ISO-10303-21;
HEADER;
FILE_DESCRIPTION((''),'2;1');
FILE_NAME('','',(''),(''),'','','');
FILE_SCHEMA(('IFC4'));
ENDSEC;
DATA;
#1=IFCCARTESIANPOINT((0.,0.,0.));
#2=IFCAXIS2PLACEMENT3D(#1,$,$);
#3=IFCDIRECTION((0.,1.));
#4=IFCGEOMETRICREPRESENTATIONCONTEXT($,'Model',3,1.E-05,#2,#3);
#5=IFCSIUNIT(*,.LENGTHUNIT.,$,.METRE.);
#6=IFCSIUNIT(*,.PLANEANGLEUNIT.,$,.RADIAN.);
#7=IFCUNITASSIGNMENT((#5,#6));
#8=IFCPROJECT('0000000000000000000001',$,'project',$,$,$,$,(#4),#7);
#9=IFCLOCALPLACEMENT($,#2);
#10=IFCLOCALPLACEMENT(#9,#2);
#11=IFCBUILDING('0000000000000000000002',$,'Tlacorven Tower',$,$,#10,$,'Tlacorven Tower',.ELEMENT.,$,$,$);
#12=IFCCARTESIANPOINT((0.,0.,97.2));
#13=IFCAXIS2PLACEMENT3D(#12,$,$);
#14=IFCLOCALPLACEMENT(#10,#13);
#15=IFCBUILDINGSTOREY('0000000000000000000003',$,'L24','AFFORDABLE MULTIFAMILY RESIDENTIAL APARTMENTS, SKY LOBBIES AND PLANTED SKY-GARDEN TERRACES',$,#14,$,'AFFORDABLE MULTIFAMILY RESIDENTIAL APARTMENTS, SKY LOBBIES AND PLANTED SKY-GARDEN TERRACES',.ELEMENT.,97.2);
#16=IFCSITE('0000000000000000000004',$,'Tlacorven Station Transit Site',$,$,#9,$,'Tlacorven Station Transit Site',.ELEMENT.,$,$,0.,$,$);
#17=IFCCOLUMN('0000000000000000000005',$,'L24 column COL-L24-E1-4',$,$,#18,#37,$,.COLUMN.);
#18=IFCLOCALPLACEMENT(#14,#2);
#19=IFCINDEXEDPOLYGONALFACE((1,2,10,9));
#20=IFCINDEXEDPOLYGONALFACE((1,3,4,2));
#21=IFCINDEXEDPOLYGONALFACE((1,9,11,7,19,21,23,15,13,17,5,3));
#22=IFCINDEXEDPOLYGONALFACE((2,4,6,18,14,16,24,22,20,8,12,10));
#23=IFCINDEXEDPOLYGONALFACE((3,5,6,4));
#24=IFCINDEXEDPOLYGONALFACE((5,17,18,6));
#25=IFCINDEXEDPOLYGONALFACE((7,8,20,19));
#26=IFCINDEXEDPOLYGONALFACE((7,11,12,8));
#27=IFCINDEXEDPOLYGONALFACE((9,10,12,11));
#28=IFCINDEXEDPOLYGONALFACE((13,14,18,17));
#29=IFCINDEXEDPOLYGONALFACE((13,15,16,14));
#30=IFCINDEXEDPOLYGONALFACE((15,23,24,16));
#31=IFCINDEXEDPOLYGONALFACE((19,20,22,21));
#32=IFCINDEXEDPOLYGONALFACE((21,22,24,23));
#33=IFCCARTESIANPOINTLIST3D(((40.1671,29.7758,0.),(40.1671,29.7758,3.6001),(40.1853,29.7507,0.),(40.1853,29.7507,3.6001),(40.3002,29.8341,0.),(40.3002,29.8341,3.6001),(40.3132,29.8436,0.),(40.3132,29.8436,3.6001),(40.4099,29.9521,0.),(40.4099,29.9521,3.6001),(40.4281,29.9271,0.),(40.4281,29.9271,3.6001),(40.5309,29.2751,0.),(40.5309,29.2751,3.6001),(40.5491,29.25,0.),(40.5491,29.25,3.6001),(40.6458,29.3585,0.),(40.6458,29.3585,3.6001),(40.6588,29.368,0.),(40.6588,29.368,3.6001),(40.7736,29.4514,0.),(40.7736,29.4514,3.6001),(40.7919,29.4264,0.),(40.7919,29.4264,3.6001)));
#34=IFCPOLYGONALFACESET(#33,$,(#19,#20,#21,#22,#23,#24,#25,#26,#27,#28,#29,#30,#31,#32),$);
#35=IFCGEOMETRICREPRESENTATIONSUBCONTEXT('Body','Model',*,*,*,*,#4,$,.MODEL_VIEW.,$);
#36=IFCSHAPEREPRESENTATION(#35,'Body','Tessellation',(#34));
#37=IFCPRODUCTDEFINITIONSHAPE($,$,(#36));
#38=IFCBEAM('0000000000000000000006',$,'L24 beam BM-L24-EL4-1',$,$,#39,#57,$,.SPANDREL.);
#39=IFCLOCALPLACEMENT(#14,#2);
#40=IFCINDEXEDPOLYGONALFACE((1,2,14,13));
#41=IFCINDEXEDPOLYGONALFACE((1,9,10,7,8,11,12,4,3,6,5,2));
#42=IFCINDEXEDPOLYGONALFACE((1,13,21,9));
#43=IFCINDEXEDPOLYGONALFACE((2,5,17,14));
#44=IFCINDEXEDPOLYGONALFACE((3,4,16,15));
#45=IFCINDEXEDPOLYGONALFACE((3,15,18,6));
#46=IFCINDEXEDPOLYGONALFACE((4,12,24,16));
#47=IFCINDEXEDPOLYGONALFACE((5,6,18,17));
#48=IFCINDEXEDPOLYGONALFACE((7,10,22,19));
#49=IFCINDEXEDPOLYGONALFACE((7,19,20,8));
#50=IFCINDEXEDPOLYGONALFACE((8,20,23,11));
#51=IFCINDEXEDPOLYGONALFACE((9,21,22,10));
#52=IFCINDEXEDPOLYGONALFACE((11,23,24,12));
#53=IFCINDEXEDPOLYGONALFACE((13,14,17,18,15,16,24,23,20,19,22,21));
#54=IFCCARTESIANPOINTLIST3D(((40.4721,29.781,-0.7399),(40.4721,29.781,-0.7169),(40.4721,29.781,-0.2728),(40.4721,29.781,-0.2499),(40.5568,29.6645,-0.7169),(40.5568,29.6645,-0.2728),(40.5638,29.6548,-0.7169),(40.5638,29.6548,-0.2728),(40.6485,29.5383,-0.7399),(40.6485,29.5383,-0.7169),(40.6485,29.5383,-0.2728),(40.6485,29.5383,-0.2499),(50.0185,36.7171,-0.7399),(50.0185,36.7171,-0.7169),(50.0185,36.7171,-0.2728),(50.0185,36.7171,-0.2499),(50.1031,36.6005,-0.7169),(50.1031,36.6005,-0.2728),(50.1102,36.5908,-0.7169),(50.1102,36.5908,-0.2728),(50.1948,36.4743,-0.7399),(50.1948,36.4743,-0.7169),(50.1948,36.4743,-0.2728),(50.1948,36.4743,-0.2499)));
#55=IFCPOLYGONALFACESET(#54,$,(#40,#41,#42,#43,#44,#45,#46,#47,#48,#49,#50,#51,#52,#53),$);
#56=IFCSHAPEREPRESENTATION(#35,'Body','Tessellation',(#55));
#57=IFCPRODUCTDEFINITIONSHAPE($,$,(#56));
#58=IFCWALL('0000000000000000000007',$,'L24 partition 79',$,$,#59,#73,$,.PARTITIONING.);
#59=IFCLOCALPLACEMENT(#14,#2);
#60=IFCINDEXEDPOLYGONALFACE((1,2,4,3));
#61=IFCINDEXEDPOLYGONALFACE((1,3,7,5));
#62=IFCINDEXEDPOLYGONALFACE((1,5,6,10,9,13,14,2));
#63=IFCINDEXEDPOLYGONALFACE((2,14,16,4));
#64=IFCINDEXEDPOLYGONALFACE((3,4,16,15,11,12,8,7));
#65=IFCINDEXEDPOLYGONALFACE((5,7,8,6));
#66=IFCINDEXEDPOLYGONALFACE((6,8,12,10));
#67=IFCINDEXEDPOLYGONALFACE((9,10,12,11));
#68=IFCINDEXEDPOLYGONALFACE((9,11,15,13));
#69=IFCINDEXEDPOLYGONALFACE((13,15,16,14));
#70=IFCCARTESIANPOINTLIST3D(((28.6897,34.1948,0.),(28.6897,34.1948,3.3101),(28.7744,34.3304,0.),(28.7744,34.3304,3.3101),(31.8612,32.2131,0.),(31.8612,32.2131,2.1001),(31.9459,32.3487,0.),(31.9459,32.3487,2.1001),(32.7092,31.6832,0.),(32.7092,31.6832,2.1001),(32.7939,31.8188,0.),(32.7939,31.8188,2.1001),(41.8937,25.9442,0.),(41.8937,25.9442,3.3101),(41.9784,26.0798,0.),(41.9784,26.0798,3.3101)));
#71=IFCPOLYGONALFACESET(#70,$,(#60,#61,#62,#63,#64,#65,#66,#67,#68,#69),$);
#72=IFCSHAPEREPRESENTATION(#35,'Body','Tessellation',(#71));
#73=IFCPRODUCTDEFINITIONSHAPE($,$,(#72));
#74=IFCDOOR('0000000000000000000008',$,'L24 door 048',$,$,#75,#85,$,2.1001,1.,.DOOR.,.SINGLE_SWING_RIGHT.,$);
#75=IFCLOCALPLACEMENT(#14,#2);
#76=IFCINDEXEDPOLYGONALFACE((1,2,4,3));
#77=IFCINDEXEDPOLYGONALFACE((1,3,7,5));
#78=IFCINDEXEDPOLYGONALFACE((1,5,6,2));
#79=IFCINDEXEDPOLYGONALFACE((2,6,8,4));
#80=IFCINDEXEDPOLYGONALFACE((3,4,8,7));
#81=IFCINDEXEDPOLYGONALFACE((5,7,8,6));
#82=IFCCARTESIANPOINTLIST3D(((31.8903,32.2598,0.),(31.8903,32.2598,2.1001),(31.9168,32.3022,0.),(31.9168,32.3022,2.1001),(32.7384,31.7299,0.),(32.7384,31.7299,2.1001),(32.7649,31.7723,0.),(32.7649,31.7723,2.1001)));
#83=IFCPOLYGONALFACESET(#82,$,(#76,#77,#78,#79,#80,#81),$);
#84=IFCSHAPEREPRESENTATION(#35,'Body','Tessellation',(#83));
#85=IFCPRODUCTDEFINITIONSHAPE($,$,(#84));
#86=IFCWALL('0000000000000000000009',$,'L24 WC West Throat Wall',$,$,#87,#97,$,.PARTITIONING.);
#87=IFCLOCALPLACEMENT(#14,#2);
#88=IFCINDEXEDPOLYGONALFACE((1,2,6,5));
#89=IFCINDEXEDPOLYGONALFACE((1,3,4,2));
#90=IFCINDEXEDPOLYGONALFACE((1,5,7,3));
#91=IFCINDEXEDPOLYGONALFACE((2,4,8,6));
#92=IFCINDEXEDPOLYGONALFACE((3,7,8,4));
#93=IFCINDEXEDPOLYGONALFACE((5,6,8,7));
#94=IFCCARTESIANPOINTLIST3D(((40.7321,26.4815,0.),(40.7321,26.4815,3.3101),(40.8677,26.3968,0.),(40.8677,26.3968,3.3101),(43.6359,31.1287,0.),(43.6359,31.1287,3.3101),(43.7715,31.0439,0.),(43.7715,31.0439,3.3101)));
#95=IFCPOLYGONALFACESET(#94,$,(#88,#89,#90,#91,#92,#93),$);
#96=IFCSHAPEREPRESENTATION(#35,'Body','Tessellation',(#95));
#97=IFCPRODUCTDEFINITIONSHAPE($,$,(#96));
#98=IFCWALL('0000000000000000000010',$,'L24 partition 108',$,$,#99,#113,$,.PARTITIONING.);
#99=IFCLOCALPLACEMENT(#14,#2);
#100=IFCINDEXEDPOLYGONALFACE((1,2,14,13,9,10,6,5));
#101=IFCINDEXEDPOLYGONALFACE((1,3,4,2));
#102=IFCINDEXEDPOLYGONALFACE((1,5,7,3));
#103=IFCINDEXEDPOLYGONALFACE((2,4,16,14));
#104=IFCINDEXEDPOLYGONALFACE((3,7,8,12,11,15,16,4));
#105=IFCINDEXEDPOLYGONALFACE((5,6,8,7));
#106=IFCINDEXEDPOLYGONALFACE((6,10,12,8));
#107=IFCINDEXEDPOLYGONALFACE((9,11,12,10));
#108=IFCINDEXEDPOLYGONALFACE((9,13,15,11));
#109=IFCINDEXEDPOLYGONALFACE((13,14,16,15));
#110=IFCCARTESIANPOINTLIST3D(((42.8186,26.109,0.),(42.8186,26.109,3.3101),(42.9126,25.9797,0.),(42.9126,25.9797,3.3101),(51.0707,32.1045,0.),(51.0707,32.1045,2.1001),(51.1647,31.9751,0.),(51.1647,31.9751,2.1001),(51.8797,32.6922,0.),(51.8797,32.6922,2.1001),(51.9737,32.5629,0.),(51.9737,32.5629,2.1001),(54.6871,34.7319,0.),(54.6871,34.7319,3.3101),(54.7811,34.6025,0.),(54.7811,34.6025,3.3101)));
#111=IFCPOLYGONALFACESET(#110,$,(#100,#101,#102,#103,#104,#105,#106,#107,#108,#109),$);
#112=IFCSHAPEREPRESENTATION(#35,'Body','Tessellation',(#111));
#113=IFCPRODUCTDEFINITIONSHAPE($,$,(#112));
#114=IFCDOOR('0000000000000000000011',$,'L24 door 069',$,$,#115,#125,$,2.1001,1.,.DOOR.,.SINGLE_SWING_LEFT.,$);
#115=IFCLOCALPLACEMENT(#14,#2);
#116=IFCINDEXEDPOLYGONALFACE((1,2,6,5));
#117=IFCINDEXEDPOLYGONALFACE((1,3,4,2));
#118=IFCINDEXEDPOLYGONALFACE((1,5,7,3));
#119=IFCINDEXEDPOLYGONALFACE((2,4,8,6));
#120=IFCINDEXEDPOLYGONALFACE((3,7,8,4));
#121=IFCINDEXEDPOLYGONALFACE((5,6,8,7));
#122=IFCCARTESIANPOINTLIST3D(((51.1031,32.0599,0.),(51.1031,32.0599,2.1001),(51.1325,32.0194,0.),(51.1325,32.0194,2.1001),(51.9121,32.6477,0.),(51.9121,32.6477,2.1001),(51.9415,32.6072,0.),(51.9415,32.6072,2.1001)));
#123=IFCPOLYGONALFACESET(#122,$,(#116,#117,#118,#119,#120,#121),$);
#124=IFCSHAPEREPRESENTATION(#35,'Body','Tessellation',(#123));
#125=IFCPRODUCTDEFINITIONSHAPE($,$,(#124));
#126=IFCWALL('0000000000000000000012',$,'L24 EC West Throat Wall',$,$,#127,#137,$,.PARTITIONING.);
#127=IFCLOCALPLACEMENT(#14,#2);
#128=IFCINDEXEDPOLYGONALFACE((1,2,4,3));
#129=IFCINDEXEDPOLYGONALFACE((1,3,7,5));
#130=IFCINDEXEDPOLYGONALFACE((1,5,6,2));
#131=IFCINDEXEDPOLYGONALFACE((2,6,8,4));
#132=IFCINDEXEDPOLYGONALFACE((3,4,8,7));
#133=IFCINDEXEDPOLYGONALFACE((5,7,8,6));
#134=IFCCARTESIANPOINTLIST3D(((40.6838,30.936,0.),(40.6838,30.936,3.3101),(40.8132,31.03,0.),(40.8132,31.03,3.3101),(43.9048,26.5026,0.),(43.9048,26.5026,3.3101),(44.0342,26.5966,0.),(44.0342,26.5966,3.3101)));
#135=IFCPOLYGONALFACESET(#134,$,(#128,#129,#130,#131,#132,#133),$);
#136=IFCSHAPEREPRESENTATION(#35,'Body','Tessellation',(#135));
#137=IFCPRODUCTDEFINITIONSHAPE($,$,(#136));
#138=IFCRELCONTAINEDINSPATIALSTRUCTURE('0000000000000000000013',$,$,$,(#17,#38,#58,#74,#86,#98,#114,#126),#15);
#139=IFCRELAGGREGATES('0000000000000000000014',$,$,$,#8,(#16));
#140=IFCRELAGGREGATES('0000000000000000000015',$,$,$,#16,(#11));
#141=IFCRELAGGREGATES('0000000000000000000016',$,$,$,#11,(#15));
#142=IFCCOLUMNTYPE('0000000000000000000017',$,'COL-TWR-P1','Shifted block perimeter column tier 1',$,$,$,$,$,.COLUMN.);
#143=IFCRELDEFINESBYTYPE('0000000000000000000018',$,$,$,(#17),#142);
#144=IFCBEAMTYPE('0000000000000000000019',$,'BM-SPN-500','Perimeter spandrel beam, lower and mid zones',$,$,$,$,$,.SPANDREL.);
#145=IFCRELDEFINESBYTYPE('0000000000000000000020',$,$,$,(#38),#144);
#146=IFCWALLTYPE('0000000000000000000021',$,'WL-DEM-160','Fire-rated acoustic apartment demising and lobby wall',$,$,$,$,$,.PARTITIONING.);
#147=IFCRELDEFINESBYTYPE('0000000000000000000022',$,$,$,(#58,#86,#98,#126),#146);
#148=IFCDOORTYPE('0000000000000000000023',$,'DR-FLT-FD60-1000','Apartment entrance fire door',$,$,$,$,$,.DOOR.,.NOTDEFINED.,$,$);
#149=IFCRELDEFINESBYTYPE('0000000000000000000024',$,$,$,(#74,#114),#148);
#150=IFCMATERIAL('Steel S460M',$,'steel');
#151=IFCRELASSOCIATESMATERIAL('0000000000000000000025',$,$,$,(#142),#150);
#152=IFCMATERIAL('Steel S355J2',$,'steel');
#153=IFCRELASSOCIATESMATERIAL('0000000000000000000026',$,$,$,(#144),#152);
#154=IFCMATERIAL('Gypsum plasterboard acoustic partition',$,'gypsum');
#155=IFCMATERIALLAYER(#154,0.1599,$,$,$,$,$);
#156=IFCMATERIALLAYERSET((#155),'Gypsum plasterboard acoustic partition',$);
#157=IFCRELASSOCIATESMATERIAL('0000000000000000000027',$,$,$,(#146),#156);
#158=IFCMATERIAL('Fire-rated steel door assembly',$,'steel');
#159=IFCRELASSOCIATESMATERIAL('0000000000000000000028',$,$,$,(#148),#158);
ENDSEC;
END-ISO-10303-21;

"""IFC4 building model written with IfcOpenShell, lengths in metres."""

from ifc_helpers import new_model, si_unit, direction, frame, frame_2d, origin, origin_2d, place, context, subcontext, project, spatial, rectangle, i_section, extrude, source, transform, mapped, material, layer, layer_set, material_profile, profile_set, type_object, element, fill, save


model = new_model("IFC4")

# Units and contexts
model_context = context("Model", 3, precision=1e-05, world=origin(), true_north=direction((0.0, 1.0)))
body_context = subcontext(model_context, "Body", "Model", "MODEL_VIEW")
ifc_project = project(units=[si_unit("LENGTHUNIT", "METRE"), si_unit("PLANEANGLEUNIT", "RADIAN")], contexts=[model_context])

# Site, building, storey
site_placement = place(None, origin())
site = spatial("IfcSite", under=ifc_project, at=site_placement, Name="Tlacorven Station Transit Site", LongName="Tlacorven Station Transit Site", CompositionType="ELEMENT", RefElevation=0.0)
building_placement = place(site_placement, origin())
building = spatial("IfcBuilding", under=site, at=building_placement, Name="Tlacorven Tower", LongName="Tlacorven Tower", CompositionType="ELEMENT")
storey_placement = place(building_placement, frame((0.0, 0.0, 97.2)))
storey = spatial("IfcBuildingStorey", under=building, at=storey_placement, Name="L24", Description="AFFORDABLE MULTIFAMILY RESIDENTIAL APARTMENTS, SKY LOBBIES AND PLANTED SKY-GARDEN TERRACES", LongName="AFFORDABLE MULTIFAMILY RESIDENTIAL APARTMENTS, SKY LOBBIES AND PLANTED SKY-GARDEN TERRACES", CompositionType="ELEMENT", Elevation=97.2)

# Column
ifc_material_1 = material(Name="Steel S460M", Category="steel")
ifc_material_profile_1 = material_profile(ifc_material_1, i_section(OverallWidth=0.3, OverallDepth=0.6499, WebThickness=0.0161, FlangeThickness=0.031, at=origin_2d()), Name="HEB 650")
ifc_profile_set_1 = profile_set([ifc_material_profile_1], Name="Steel S460M")
column_type = type_object("IfcColumnType", Name="COL-TWR-P1", Description="Shifted block perimeter column tier 1", PredefinedType="COLUMN", material=ifc_profile_set_1)
shared_shape_1 = source(origin(), body_context, "Body", "SweptSolid", [
    extrude(i_section(OverallWidth=0.3, OverallDepth=0.6499, WebThickness=0.0161, FlangeThickness=0.031, at=origin_2d()), origin(), (0.0, 0.0, 1.0), 3.6001),
])
column_placement = place(storey_placement, frame((40.4795, 29.6011, 0.0), z_axis=(0.0, 0.0, 1.0), x_axis=(0.809017, 0.587785, 0.0)))
element("IfcColumn", 1, at=column_placement, inside=storey, type_object=column_type, Name="L24 column COL-L24-E1-4", PredefinedType="COLUMN", context=body_context, shape_type="MappedRepresentation", body=[
    mapped(shared_shape_1, transform((0.0, 0.0, 0.0), scale=1.0)),
])

# Beam
ifc_material_2 = material(Name="Steel S355J2", Category="steel")
ifc_material_profile_2 = material_profile(ifc_material_2, i_section(OverallWidth=0.3, OverallDepth=0.49, WebThickness=0.012, FlangeThickness=0.0229, at=origin_2d()), Name="HEA 500")
ifc_profile_set_2 = profile_set([ifc_material_profile_2], Name="Steel S355J2")
beam_type = type_object("IfcBeamType", Name="BM-SPN-500", Description="Perimeter spandrel beam, lower and mid zones", PredefinedType="SPANDREL", material=ifc_profile_set_2)
shared_shape_2 = source(origin(), body_context, "Body", "SweptSolid", [
    extrude(i_section(OverallWidth=0.3, OverallDepth=0.49, WebThickness=0.012, FlangeThickness=0.0229, at=origin_2d()), origin(), (0.0, 0.0, 1.0), 11.8),
])
beam_placement = place(storey_placement, frame((40.5603, 29.6597, -0.4949), z_axis=(0.80901, 0.587795, 0.0), x_axis=(-0.587795, 0.80901, 0.0)))
element("IfcBeam", 2, at=beam_placement, inside=storey, type_object=beam_type, Name="L24 beam BM-L24-EL4-1", PredefinedType="SPANDREL", context=body_context, shape_type="MappedRepresentation", body=[
    mapped(shared_shape_2, transform((0.0, 0.0, 0.0), scale=1.0)),
])

# Wall, opening, door
ifc_material_3 = material(Name="Gypsum plasterboard acoustic partition", Category="gypsum")
ifc_layer_1 = layer(ifc_material_3, 0.1599)
ifc_layer_set_1 = layer_set([ifc_layer_1], Name="Gypsum plasterboard acoustic partition")
wall_type_1 = type_object("IfcWallType", Name="WL-DEM-160", Description="Fire-rated acoustic apartment demising and lobby wall", PredefinedType="PARTITIONING", material=ifc_layer_set_1)
wall_1_placement = place(storey_placement, frame((41.936, 26.012, 0.0), z_axis=(0.0, 0.0, 1.0), x_axis=(-0.848051, 0.529914, 0.0)))
wall_1 = element("IfcWall", 3, at=wall_1_placement, inside=storey, type_object=wall_type_1, Name="L24 partition 79", PredefinedType="PARTITIONING", context=body_context, shape_type="SweptSolid", body=[
    extrude(rectangle(XDim=15.5698, YDim=0.1599, at=frame_2d((7.7849, 0.0))), origin(), (0.0, 0.0, 1.0), 3.3101),
])
opening_1_placement = place(wall_1_placement, frame((10.8301, 0.0, 0.0)))
opening_1 = element("IfcOpeningElement", 4, at=opening_1_placement, cuts=wall_1, PredefinedType="OPENING", context=body_context, shape_type="SweptSolid", body=[
    extrude(rectangle(XDim=1.0, YDim=2.1001, at=frame_2d((0.5, 1.05))), frame((0.0, 0.0898, 0.0), z_axis=(0.0, -1.0, 0.0), x_axis=(1.0, 0.0, 0.0)), (0.0, 0.0, 1.0), 0.1799),
])
ifc_material_4 = material(Name="Fire-rated steel door assembly", Category="steel")
door_type_1 = type_object("IfcDoorType", Name="DR-FLT-FD60-1000", Description="Apartment entrance fire door", OperationType="NOTDEFINED", PredefinedType="DOOR", material=ifc_material_4)
shared_shape_3 = source(origin(), body_context, "Body", "SweptSolid", [
    extrude(rectangle(XDim=1.0, YDim=2.1001, at=frame_2d((0.5, 1.05))), frame((0.0, 0.0249, 0.0), z_axis=(0.0, -1.0, 0.0), x_axis=(1.0, 0.0, 0.0)), (0.0, 0.0, 1.0), 0.05),
])
door_1_placement = place(opening_1_placement, origin())
door_1 = element("IfcDoor", 5, at=door_1_placement, inside=storey, type_object=door_type_1, Name="L24 door 048", OperationType="SINGLE_SWING_RIGHT", OverallHeight=2.1001, OverallWidth=1.0, PredefinedType="DOOR", context=body_context, shape_type="MappedRepresentation", body=[
    mapped(shared_shape_3, transform((0.0, 0.0, 0.0), scale=1.0)),
])
fill(opening_1, door_1)

# Wall
wall_2_placement = place(storey_placement, frame((43.7036, 31.0862, 0.0), z_axis=(0.0, 0.0, 1.0), x_axis=(-0.529907, -0.848056, 0.0)))
element("IfcWall", 6, at=wall_2_placement, inside=storey, type_object=wall_type_1, Name="L24 WC West Throat Wall", PredefinedType="PARTITIONING", context=body_context, shape_type="SweptSolid", body=[
    extrude(rectangle(XDim=5.4797, YDim=0.1599, at=frame_2d((2.7397, 0.0))), origin(), (0.0, 0.0, 1.0), 3.3101),
])

# Wall, opening, door
wall_3_placement = place(storey_placement, frame((42.8657, 26.0444, 0.0), z_axis=(0.0, 0.0, 1.0), x_axis=(0.80902, 0.587781, 0.0)))
wall_3 = element("IfcWall", 7, at=wall_3_placement, inside=storey, type_object=wall_type_1, Name="L24 partition 108", PredefinedType="PARTITIONING", context=body_context, shape_type="SweptSolid", body=[
    extrude(rectangle(XDim=14.6702, YDim=0.1599, at=frame_2d((7.335, 0.0))), origin(), (0.0, 0.0, 1.0), 3.3101),
])
opening_2_placement = place(wall_3_placement, frame((10.2, 0.0, 0.0)))
opening_2 = element("IfcOpeningElement", 8, at=opening_2_placement, cuts=wall_3, PredefinedType="OPENING", context=body_context, shape_type="SweptSolid", body=[
    extrude(rectangle(XDim=1.0, YDim=2.1001, at=frame_2d((0.5, 1.05))), frame((0.0, 0.0898, 0.0), z_axis=(0.0, -1.0, 0.0), x_axis=(1.0, 0.0, 0.0)), (0.0, 0.0, 1.0), 0.1799),
])
door_2_placement = place(opening_2_placement, origin())
door_2 = element("IfcDoor", 9, at=door_2_placement, inside=storey, type_object=door_type_1, Name="L24 door 069", OperationType="SINGLE_SWING_LEFT", OverallHeight=2.1001, OverallWidth=1.0, PredefinedType="DOOR", context=body_context, shape_type="MappedRepresentation", body=[
    mapped(shared_shape_3, transform((0.0, 0.0, 0.0), scale=1.0)),
])
fill(opening_2, door_2)

# Wall
wall_4_placement = place(storey_placement, frame((43.9695, 26.5496, 0.0), z_axis=(0.0, 0.0, 1.0), x_axis=(-0.587777, 0.809023, 0.0)))
element("IfcWall", 10, at=wall_4_placement, inside=storey, type_object=wall_type_1, Name="L24 EC West Throat Wall", PredefinedType="PARTITIONING", context=body_context, shape_type="SweptSolid", body=[
    extrude(rectangle(XDim=5.48, YDim=0.1599, at=frame_2d((2.74, 0.0))), origin(), (0.0, 0.0, 1.0), 3.3101),
])

save(model, "model.ifc")
